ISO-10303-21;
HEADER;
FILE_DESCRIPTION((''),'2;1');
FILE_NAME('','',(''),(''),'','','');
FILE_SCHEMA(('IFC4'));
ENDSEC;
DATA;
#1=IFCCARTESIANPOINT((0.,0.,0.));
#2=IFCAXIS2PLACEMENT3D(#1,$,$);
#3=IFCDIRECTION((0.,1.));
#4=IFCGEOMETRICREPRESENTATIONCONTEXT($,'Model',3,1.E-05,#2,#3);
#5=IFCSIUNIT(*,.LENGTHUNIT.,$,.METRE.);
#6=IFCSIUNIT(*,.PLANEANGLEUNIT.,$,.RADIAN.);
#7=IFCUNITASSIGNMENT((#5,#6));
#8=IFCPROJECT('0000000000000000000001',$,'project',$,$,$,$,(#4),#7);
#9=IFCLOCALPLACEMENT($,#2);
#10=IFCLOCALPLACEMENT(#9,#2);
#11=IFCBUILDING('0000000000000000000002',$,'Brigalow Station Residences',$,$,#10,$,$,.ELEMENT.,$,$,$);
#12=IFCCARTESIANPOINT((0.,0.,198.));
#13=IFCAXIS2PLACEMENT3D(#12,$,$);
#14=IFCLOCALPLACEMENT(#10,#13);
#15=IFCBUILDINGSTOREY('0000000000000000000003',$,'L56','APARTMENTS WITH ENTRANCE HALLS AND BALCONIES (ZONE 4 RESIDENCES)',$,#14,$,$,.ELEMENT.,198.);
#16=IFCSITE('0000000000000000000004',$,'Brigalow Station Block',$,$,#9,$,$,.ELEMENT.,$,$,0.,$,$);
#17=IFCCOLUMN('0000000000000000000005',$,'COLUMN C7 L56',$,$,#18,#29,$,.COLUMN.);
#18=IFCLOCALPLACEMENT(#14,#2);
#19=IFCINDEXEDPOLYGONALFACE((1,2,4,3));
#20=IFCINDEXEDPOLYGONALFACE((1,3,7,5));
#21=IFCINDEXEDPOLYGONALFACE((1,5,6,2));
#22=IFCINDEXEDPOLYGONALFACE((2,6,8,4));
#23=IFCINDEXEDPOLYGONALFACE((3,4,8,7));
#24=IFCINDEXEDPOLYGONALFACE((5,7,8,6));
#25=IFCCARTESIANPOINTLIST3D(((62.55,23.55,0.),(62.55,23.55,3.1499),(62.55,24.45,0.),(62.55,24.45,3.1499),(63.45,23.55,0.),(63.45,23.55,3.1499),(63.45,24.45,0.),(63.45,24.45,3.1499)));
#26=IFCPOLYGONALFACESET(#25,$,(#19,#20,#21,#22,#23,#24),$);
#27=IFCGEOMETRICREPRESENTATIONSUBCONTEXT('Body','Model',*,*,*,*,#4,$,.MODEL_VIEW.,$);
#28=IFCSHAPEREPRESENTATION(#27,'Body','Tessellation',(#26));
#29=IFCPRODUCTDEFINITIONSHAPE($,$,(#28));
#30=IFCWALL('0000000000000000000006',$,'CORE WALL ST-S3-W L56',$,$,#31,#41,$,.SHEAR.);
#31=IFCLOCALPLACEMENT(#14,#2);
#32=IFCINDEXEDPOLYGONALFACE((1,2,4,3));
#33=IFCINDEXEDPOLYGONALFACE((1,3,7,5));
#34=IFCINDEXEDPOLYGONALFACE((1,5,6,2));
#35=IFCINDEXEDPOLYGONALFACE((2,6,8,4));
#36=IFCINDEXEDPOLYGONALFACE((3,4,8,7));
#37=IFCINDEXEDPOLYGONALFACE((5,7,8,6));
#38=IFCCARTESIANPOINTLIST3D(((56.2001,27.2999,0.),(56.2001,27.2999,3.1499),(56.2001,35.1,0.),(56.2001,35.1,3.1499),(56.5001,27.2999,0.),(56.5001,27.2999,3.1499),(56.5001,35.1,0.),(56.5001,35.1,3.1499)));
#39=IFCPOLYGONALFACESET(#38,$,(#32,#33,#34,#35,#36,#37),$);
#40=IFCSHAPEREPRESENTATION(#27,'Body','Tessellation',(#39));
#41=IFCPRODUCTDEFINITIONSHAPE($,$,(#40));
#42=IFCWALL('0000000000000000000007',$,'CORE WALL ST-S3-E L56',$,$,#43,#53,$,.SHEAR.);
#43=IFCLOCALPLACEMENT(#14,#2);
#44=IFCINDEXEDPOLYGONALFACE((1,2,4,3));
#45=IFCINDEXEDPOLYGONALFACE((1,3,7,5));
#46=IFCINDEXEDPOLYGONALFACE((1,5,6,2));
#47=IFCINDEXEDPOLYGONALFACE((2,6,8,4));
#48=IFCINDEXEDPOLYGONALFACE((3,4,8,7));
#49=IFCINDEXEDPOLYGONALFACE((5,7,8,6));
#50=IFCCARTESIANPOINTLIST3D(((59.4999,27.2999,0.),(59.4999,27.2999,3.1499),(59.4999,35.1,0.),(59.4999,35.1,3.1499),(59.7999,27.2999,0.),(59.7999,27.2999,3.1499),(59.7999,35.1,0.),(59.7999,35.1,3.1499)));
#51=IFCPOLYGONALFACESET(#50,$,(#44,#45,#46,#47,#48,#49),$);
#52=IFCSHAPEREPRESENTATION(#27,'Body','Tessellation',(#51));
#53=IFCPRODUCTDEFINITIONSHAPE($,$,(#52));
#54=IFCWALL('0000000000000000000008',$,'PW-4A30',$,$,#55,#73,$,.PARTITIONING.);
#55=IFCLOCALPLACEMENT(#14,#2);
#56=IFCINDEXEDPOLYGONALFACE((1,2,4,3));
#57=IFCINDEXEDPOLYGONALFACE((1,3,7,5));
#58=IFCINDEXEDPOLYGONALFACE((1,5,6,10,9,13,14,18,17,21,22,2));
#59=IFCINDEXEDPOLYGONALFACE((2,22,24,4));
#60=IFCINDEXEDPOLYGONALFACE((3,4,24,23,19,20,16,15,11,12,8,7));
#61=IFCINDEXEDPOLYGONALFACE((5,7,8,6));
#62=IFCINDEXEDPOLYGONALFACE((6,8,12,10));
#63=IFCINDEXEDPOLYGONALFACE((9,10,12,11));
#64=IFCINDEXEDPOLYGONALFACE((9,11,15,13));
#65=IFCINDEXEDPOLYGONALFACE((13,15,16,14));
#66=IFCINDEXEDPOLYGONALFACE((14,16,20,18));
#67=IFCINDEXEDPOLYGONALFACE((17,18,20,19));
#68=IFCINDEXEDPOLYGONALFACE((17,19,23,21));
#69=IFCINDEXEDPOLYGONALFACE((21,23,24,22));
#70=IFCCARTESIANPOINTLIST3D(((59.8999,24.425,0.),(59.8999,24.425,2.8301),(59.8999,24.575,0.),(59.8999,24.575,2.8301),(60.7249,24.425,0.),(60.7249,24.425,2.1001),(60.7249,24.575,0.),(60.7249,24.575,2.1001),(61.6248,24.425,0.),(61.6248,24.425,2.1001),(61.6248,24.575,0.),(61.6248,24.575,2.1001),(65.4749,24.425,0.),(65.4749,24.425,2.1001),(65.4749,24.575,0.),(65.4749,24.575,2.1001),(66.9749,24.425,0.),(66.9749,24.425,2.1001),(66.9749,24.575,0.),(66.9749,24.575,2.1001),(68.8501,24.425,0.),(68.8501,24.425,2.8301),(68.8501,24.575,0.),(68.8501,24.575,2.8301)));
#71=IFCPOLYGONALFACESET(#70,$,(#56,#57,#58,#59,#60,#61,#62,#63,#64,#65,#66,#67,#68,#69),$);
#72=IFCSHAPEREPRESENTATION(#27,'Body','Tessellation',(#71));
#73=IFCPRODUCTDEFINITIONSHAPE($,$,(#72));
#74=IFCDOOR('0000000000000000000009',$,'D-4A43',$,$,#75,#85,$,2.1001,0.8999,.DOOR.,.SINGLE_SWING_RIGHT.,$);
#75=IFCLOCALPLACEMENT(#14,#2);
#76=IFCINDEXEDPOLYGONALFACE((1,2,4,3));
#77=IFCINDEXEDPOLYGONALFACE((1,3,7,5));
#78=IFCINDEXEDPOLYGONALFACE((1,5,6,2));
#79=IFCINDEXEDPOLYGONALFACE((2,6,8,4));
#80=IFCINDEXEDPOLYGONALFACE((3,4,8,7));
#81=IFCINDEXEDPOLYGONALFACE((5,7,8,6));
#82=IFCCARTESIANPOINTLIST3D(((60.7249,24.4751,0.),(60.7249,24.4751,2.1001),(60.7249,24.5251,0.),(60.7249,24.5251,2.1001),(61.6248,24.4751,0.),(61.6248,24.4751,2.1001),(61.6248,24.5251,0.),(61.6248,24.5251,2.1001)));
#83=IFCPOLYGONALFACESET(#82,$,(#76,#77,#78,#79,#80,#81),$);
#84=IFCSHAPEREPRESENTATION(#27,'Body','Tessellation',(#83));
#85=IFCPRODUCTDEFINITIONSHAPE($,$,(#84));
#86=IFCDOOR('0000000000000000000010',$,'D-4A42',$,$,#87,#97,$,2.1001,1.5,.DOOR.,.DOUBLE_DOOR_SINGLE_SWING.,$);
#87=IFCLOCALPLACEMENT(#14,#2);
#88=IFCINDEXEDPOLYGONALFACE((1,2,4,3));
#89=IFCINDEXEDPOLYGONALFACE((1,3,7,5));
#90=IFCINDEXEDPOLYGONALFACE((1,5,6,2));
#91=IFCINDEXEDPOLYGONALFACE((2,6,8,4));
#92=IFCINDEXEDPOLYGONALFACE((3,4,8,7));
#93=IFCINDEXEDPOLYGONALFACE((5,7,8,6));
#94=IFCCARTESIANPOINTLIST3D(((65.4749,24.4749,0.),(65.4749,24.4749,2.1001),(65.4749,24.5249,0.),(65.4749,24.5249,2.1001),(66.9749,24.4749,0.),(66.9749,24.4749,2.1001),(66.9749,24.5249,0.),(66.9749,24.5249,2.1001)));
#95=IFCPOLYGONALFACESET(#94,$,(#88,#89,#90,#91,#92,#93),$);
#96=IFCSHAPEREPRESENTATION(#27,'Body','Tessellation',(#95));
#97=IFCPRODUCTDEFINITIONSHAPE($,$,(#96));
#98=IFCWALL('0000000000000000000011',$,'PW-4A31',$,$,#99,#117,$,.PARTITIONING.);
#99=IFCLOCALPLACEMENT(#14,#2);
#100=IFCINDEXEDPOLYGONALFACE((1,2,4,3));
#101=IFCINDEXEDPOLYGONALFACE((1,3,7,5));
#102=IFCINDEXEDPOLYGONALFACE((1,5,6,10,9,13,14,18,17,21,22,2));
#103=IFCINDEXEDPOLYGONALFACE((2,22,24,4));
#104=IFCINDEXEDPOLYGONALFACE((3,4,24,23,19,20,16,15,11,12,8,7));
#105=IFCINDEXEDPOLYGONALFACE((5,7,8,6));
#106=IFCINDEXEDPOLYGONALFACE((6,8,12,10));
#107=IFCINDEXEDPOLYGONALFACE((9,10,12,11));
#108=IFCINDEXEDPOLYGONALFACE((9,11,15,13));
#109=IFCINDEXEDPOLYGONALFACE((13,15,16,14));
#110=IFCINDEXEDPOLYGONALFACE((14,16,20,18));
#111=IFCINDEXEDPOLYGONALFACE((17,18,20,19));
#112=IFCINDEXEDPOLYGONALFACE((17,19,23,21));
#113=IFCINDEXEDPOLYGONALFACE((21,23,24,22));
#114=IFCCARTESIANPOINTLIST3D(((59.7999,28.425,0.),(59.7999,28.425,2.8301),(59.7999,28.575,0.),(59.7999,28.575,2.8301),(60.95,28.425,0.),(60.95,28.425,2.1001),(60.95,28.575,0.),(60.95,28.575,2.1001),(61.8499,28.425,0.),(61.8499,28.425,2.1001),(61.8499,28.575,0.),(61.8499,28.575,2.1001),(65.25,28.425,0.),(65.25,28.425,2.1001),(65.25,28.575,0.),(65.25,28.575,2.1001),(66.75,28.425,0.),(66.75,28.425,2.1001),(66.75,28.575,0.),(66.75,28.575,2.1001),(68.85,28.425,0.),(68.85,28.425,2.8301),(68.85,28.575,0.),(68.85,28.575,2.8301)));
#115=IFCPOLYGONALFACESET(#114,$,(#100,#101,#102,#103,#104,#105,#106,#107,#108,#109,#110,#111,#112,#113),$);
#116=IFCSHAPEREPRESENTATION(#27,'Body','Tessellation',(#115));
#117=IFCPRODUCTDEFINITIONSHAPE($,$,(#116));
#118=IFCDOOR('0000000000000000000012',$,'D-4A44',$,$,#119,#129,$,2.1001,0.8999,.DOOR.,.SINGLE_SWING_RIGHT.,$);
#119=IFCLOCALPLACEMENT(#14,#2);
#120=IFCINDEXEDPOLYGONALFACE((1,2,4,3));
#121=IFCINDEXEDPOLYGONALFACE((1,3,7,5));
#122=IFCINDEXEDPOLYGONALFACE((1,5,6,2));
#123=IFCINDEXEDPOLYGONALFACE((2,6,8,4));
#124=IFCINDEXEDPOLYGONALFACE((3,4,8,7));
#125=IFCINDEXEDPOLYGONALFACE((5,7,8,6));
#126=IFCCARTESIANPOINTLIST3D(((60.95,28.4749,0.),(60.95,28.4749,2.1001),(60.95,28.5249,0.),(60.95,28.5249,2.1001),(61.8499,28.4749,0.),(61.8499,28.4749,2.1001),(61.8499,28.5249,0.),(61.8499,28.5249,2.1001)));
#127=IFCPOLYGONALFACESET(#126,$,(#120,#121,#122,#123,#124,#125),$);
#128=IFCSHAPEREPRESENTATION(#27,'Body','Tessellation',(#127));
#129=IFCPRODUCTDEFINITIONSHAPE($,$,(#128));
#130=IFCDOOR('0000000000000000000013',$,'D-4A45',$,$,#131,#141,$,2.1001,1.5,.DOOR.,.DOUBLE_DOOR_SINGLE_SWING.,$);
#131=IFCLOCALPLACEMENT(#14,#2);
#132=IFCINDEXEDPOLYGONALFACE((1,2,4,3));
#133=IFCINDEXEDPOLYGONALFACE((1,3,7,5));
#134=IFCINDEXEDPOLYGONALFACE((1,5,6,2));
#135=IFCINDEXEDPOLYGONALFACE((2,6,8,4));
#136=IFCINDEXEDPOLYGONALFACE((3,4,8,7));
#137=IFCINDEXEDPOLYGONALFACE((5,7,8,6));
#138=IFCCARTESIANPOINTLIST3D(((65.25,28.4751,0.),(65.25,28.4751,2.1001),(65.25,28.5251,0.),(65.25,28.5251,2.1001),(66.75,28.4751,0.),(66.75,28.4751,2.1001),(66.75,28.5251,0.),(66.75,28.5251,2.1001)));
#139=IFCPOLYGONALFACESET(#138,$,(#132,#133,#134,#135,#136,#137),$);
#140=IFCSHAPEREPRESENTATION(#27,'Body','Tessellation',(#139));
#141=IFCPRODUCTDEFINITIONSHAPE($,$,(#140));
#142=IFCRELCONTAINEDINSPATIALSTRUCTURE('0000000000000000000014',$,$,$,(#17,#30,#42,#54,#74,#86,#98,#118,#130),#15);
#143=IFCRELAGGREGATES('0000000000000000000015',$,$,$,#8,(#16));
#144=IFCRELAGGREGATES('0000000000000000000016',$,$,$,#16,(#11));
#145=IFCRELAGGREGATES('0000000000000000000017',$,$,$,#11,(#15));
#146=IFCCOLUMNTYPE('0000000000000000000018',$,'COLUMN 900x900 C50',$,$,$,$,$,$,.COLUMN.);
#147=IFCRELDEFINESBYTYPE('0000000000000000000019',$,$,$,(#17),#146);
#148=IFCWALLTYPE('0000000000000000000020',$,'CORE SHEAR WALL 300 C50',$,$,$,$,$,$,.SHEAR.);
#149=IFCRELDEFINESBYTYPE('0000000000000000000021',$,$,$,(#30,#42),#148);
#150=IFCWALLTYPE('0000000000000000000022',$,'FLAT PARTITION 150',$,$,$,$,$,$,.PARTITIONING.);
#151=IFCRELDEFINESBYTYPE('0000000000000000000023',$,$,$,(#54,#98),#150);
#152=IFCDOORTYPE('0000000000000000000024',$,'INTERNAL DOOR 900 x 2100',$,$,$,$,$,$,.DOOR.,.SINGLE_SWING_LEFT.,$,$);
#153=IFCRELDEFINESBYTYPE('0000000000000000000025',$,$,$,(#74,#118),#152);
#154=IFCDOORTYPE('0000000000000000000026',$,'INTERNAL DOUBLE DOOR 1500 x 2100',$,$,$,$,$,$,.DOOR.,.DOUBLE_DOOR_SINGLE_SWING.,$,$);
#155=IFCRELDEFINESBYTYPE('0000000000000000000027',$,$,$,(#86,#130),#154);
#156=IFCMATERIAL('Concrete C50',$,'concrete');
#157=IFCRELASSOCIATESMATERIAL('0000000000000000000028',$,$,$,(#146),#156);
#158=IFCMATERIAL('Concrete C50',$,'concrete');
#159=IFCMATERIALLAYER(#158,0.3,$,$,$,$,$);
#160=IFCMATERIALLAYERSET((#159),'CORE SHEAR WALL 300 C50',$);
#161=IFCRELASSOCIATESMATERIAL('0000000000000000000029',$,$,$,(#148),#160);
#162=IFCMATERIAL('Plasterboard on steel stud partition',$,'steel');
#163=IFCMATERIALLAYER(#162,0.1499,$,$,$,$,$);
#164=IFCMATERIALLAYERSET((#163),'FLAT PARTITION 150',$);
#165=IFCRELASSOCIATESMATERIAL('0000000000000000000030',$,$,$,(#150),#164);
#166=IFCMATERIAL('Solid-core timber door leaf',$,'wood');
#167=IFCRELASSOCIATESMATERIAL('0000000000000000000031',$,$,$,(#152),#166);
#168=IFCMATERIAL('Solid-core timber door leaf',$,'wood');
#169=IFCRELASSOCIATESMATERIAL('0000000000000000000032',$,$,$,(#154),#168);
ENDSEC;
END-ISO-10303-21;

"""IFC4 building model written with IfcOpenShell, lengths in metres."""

from ifc_helpers import new_model, si_unit, direction, frame, frame_2d, origin, origin_2d, place, context, subcontext, project, spatial, rectangle, extrude, material, layer, layer_set, material_profile, profile_set, type_object, element, fill, save


model = new_model("IFC4")

# Units and contexts
model_context = context("Model", 3, precision=1e-05, world=origin(), true_north=direction((0.0, 1.0)))
body_context = subcontext(model_context, "Body", "Model", "MODEL_VIEW")
ifc_project = project(units=[si_unit("LENGTHUNIT", "METRE"), si_unit("PLANEANGLEUNIT", "RADIAN")], contexts=[model_context])

# Site, building, storey
site_placement = place(None, origin())
site = spatial("IfcSite", under=ifc_project, at=site_placement, Name="Brigalow Station Block", CompositionType="ELEMENT", RefElevation=0.0)
building_placement = place(site_placement, origin())
building = spatial("IfcBuilding", under=site, at=building_placement, Name="Brigalow Station Residences", CompositionType="ELEMENT")
storey_placement = place(building_placement, frame((0.0, 0.0, 198.0)))
storey = spatial("IfcBuildingStorey", under=building, at=storey_placement, Name="L56", Description="APARTMENTS WITH ENTRANCE HALLS AND BALCONIES (ZONE 4 RESIDENCES)", CompositionType="ELEMENT", Elevation=198.0)

# Column
ifc_material_1 = material(Name="Concrete C50", Category="concrete")
ifc_material_profile = material_profile(ifc_material_1, rectangle(XDim=0.8999, YDim=0.8999, at=origin_2d()), Name="RC900x900")
ifc_profile_set = profile_set([ifc_material_profile], Name="Concrete C50")
column_type = type_object("IfcColumnType", Name="COLUMN 900x900 C50", PredefinedType="COLUMN", material=ifc_profile_set)
column_placement = place(storey_placement, frame((63.0, 24.0, 0.0), z_axis=(0.0, 0.0, 1.0), x_axis=(1.0, 0.0, 0.0)))
element("IfcColumn", 1, at=column_placement, inside=storey, type_object=column_type, Name="COLUMN C7 L56", PredefinedType="COLUMN", context=body_context, shape_type="SweptSolid", body=[
    extrude(rectangle(XDim=0.8999, YDim=0.8999, at=origin_2d()), origin(), (0.0, 0.0, 1.0), 3.1499),
])

# Walls
ifc_material_2 = material(Name="Concrete C50", Category="concrete")
ifc_layer_1 = layer(ifc_material_2, 0.3)
ifc_layer_set_1 = layer_set([ifc_layer_1], Name="CORE SHEAR WALL 300 C50")
wall_type_1 = type_object("IfcWallType", Name="CORE SHEAR WALL 300 C50", PredefinedType="SHEAR", material=ifc_layer_set_1)
for number, where, z_axis, x_axis, name in (
    (2, (56.3501, 27.3, 0.0), (0.0, 0.0, 1.0), (0.0, 1.0, 0.0), "CORE WALL ST-S3-W L56"),
    (3, (59.6499, 27.3, 0.0), (0.0, 0.0, 1.0), (0.0, 1.0, 0.0), "CORE WALL ST-S3-E L56"),
):
    element("IfcWall", number, at=place(storey_placement, frame(where, z_axis=z_axis, x_axis=x_axis)), inside=storey, type_object=wall_type_1, Name=name, PredefinedType="SHEAR", context=body_context, shape_type="SweptSolid", body=[
        extrude(rectangle(XDim=7.8, YDim=0.3, at=frame_2d((3.8999, 0.0))), origin(), (0.0, 0.0, 1.0), 3.1499),
    ])

# Walls, openings, doors
ifc_material_3 = material(Name="Plasterboard on steel stud partition", Category="steel")
ifc_layer_2 = layer(ifc_material_3, 0.1499)
ifc_layer_set_2 = layer_set([ifc_layer_2], Name="FLAT PARTITION 150")
wall_type_2 = type_object("IfcWallType", Name="FLAT PARTITION 150", PredefinedType="PARTITIONING", material=ifc_layer_set_2)
wall_1_placement = place(storey_placement, frame((59.8999, 24.5, 0.0), z_axis=(0.0, 0.0, 1.0), x_axis=(1.0, 0.0, 0.0)))
wall_1 = element("IfcWall", 4, at=wall_1_placement, inside=storey, type_object=wall_type_2, Name="PW-4A30", PredefinedType="PARTITIONING", context=body_context, shape_type="SweptSolid", body=[
    extrude(rectangle(XDim=8.9502, YDim=0.1499, at=frame_2d((4.4751, 0.0))), origin(), (0.0, 0.0, 1.0), 2.8301),
])
opening_1_placement = place(wall_1_placement, frame((5.575, 0.0, 0.0)))
opening_1 = element("IfcOpeningElement", 5, at=opening_1_placement, cuts=wall_1, PredefinedType="OPENING", context=body_context, shape_type="SweptSolid", body=[
    extrude(rectangle(XDim=1.5, YDim=2.1001, at=frame_2d((0.75, 1.05))), frame((0.0, 0.085, 0.0), z_axis=(0.0, -1.0, 0.0), x_axis=(1.0, 0.0, 0.0)), (0.0, 0.0, 1.0), 0.1699),
])
opening_2_placement = place(wall_1_placement, frame((0.825, 0.0, 0.0)))
opening_2 = element("IfcOpeningElement", 6, at=opening_2_placement, cuts=wall_1, PredefinedType="OPENING", context=body_context, shape_type="SweptSolid", body=[
    extrude(rectangle(XDim=0.8999, YDim=2.1001, at=frame_2d((0.45, 1.05))), frame((0.0, 0.085, 0.0), z_axis=(0.0, -1.0, 0.0), x_axis=(1.0, 0.0, 0.0)), (0.0, 0.0, 1.0), 0.1699),
])
ifc_material_4 = material(Name="Solid-core timber door leaf", Category="wood")
door_type_1 = type_object("IfcDoorType", Name="INTERNAL DOOR 900 x 2100", OperationType="SINGLE_SWING_LEFT", PredefinedType="DOOR", material=ifc_material_4)
door_1_placement = place(opening_2_placement, frame((0.8999, 0.0, 0.0), z_axis=(0.0, 0.0, 1.0), x_axis=(-1.0, 0.0, 0.0)))
door_1 = element("IfcDoor", 7, at=door_1_placement, inside=storey, type_object=door_type_1, Name="D-4A43", OperationType="SINGLE_SWING_RIGHT", OverallHeight=2.1001, OverallWidth=0.8999, PredefinedType="DOOR", context=body_context, shape_type="SweptSolid", body=[
    extrude(rectangle(XDim=0.8999, YDim=2.1001, at=frame_2d((0.45, 1.05))), frame((0.0, 0.0249, 0.0), z_axis=(0.0, -1.0, 0.0), x_axis=(1.0, 0.0, 0.0)), (0.0, 0.0, 1.0), 0.05),
])
fill(opening_2, door_1)
ifc_material_5 = material(Name="Solid-core timber door leaf", Category="wood")
door_type_2 = type_object("IfcDoorType", Name="INTERNAL DOUBLE DOOR 1500 x 2100", OperationType="DOUBLE_DOOR_SINGLE_SWING", PredefinedType="DOOR", material=ifc_material_5)
door_2_placement = place(opening_1_placement, origin())
door_2 = element("IfcDoor", 8, at=door_2_placement, inside=storey, type_object=door_type_2, Name="D-4A42", OperationType="DOUBLE_DOOR_SINGLE_SWING", OverallHeight=2.1001, OverallWidth=1.5, PredefinedType="DOOR", context=body_context, shape_type="SweptSolid", body=[
    extrude(rectangle(XDim=1.5, YDim=2.1001, at=frame_2d((0.75, 1.05))), frame((0.0, 0.0249, 0.0), z_axis=(0.0, -1.0, 0.0), x_axis=(1.0, 0.0, 0.0)), (0.0, 0.0, 1.0), 0.05),
])
fill(opening_1, door_2)
wall_2_placement = place(storey_placement, frame((59.8, 28.5, 0.0), z_axis=(0.0, 0.0, 1.0), x_axis=(1.0, 0.0, 0.0)))
wall_2 = element("IfcWall", 9, at=wall_2_placement, inside=storey, type_object=wall_type_2, Name="PW-4A31", PredefinedType="PARTITIONING", context=body_context, shape_type="SweptSolid", body=[
    extrude(rectangle(XDim=9.05, YDim=0.1499, at=frame_2d((4.5249, 0.0))), origin(), (0.0, 0.0, 1.0), 2.8301),
])
opening_3_placement = place(wall_2_placement, frame((1.1499, 0.0, 0.0)))
opening_3 = element("IfcOpeningElement", 10, at=opening_3_placement, cuts=wall_2, PredefinedType="OPENING", context=body_context, shape_type="SweptSolid", body=[
    extrude(rectangle(XDim=0.8999, YDim=2.1001, at=frame_2d((0.45, 1.05))), frame((0.0, 0.085, 0.0), z_axis=(0.0, -1.0, 0.0), x_axis=(1.0, 0.0, 0.0)), (0.0, 0.0, 1.0), 0.1699),
])
opening_4_placement = place(wall_2_placement, frame((5.45, 0.0, 0.0)))
opening_4 = element("IfcOpeningElement", 11, at=opening_4_placement, cuts=wall_2, PredefinedType="OPENING", context=body_context, shape_type="SweptSolid", body=[
    extrude(rectangle(XDim=1.5, YDim=2.1001, at=frame_2d((0.75, 1.05))), frame((0.0, 0.085, 0.0), z_axis=(0.0, -1.0, 0.0), x_axis=(1.0, 0.0, 0.0)), (0.0, 0.0, 1.0), 0.1699),
])
door_3_placement = place(opening_3_placement, origin())
door_3 = element("IfcDoor", 12, at=door_3_placement, inside=storey, type_object=door_type_1, Name="D-4A44", OperationType="SINGLE_SWING_RIGHT", OverallHeight=2.1001, OverallWidth=0.8999, PredefinedType="DOOR", context=body_context, shape_type="SweptSolid", body=[
    extrude(rectangle(XDim=0.8999, YDim=2.1001, at=frame_2d((0.45, 1.05))), frame((0.0, 0.0249, 0.0), z_axis=(0.0, -1.0, 0.0), x_axis=(1.0, 0.0, 0.0)), (0.0, 0.0, 1.0), 0.05),
])
fill(opening_3, door_3)
door_4_placement = place(opening_4_placement, frame((1.5, 0.0, 0.0), z_axis=(0.0, 0.0, 1.0), x_axis=(-1.0, 0.0, 0.0)))
door_4 = element("IfcDoor", 13, at=door_4_placement, inside=storey, type_object=door_type_2, Name="D-4A45", OperationType="DOUBLE_DOOR_SINGLE_SWING", OverallHeight=2.1001, OverallWidth=1.5, PredefinedType="DOOR", context=body_context, shape_type="SweptSolid", body=[
    extrude(rectangle(XDim=1.5, YDim=2.1001, at=frame_2d((0.75, 1.05))), frame((0.0, 0.0249, 0.0), z_axis=(0.0, -1.0, 0.0), x_axis=(1.0, 0.0, 0.0)), (0.0, 0.0, 1.0), 0.05),
])
fill(opening_4, door_4)

save(model, "model.ifc")
